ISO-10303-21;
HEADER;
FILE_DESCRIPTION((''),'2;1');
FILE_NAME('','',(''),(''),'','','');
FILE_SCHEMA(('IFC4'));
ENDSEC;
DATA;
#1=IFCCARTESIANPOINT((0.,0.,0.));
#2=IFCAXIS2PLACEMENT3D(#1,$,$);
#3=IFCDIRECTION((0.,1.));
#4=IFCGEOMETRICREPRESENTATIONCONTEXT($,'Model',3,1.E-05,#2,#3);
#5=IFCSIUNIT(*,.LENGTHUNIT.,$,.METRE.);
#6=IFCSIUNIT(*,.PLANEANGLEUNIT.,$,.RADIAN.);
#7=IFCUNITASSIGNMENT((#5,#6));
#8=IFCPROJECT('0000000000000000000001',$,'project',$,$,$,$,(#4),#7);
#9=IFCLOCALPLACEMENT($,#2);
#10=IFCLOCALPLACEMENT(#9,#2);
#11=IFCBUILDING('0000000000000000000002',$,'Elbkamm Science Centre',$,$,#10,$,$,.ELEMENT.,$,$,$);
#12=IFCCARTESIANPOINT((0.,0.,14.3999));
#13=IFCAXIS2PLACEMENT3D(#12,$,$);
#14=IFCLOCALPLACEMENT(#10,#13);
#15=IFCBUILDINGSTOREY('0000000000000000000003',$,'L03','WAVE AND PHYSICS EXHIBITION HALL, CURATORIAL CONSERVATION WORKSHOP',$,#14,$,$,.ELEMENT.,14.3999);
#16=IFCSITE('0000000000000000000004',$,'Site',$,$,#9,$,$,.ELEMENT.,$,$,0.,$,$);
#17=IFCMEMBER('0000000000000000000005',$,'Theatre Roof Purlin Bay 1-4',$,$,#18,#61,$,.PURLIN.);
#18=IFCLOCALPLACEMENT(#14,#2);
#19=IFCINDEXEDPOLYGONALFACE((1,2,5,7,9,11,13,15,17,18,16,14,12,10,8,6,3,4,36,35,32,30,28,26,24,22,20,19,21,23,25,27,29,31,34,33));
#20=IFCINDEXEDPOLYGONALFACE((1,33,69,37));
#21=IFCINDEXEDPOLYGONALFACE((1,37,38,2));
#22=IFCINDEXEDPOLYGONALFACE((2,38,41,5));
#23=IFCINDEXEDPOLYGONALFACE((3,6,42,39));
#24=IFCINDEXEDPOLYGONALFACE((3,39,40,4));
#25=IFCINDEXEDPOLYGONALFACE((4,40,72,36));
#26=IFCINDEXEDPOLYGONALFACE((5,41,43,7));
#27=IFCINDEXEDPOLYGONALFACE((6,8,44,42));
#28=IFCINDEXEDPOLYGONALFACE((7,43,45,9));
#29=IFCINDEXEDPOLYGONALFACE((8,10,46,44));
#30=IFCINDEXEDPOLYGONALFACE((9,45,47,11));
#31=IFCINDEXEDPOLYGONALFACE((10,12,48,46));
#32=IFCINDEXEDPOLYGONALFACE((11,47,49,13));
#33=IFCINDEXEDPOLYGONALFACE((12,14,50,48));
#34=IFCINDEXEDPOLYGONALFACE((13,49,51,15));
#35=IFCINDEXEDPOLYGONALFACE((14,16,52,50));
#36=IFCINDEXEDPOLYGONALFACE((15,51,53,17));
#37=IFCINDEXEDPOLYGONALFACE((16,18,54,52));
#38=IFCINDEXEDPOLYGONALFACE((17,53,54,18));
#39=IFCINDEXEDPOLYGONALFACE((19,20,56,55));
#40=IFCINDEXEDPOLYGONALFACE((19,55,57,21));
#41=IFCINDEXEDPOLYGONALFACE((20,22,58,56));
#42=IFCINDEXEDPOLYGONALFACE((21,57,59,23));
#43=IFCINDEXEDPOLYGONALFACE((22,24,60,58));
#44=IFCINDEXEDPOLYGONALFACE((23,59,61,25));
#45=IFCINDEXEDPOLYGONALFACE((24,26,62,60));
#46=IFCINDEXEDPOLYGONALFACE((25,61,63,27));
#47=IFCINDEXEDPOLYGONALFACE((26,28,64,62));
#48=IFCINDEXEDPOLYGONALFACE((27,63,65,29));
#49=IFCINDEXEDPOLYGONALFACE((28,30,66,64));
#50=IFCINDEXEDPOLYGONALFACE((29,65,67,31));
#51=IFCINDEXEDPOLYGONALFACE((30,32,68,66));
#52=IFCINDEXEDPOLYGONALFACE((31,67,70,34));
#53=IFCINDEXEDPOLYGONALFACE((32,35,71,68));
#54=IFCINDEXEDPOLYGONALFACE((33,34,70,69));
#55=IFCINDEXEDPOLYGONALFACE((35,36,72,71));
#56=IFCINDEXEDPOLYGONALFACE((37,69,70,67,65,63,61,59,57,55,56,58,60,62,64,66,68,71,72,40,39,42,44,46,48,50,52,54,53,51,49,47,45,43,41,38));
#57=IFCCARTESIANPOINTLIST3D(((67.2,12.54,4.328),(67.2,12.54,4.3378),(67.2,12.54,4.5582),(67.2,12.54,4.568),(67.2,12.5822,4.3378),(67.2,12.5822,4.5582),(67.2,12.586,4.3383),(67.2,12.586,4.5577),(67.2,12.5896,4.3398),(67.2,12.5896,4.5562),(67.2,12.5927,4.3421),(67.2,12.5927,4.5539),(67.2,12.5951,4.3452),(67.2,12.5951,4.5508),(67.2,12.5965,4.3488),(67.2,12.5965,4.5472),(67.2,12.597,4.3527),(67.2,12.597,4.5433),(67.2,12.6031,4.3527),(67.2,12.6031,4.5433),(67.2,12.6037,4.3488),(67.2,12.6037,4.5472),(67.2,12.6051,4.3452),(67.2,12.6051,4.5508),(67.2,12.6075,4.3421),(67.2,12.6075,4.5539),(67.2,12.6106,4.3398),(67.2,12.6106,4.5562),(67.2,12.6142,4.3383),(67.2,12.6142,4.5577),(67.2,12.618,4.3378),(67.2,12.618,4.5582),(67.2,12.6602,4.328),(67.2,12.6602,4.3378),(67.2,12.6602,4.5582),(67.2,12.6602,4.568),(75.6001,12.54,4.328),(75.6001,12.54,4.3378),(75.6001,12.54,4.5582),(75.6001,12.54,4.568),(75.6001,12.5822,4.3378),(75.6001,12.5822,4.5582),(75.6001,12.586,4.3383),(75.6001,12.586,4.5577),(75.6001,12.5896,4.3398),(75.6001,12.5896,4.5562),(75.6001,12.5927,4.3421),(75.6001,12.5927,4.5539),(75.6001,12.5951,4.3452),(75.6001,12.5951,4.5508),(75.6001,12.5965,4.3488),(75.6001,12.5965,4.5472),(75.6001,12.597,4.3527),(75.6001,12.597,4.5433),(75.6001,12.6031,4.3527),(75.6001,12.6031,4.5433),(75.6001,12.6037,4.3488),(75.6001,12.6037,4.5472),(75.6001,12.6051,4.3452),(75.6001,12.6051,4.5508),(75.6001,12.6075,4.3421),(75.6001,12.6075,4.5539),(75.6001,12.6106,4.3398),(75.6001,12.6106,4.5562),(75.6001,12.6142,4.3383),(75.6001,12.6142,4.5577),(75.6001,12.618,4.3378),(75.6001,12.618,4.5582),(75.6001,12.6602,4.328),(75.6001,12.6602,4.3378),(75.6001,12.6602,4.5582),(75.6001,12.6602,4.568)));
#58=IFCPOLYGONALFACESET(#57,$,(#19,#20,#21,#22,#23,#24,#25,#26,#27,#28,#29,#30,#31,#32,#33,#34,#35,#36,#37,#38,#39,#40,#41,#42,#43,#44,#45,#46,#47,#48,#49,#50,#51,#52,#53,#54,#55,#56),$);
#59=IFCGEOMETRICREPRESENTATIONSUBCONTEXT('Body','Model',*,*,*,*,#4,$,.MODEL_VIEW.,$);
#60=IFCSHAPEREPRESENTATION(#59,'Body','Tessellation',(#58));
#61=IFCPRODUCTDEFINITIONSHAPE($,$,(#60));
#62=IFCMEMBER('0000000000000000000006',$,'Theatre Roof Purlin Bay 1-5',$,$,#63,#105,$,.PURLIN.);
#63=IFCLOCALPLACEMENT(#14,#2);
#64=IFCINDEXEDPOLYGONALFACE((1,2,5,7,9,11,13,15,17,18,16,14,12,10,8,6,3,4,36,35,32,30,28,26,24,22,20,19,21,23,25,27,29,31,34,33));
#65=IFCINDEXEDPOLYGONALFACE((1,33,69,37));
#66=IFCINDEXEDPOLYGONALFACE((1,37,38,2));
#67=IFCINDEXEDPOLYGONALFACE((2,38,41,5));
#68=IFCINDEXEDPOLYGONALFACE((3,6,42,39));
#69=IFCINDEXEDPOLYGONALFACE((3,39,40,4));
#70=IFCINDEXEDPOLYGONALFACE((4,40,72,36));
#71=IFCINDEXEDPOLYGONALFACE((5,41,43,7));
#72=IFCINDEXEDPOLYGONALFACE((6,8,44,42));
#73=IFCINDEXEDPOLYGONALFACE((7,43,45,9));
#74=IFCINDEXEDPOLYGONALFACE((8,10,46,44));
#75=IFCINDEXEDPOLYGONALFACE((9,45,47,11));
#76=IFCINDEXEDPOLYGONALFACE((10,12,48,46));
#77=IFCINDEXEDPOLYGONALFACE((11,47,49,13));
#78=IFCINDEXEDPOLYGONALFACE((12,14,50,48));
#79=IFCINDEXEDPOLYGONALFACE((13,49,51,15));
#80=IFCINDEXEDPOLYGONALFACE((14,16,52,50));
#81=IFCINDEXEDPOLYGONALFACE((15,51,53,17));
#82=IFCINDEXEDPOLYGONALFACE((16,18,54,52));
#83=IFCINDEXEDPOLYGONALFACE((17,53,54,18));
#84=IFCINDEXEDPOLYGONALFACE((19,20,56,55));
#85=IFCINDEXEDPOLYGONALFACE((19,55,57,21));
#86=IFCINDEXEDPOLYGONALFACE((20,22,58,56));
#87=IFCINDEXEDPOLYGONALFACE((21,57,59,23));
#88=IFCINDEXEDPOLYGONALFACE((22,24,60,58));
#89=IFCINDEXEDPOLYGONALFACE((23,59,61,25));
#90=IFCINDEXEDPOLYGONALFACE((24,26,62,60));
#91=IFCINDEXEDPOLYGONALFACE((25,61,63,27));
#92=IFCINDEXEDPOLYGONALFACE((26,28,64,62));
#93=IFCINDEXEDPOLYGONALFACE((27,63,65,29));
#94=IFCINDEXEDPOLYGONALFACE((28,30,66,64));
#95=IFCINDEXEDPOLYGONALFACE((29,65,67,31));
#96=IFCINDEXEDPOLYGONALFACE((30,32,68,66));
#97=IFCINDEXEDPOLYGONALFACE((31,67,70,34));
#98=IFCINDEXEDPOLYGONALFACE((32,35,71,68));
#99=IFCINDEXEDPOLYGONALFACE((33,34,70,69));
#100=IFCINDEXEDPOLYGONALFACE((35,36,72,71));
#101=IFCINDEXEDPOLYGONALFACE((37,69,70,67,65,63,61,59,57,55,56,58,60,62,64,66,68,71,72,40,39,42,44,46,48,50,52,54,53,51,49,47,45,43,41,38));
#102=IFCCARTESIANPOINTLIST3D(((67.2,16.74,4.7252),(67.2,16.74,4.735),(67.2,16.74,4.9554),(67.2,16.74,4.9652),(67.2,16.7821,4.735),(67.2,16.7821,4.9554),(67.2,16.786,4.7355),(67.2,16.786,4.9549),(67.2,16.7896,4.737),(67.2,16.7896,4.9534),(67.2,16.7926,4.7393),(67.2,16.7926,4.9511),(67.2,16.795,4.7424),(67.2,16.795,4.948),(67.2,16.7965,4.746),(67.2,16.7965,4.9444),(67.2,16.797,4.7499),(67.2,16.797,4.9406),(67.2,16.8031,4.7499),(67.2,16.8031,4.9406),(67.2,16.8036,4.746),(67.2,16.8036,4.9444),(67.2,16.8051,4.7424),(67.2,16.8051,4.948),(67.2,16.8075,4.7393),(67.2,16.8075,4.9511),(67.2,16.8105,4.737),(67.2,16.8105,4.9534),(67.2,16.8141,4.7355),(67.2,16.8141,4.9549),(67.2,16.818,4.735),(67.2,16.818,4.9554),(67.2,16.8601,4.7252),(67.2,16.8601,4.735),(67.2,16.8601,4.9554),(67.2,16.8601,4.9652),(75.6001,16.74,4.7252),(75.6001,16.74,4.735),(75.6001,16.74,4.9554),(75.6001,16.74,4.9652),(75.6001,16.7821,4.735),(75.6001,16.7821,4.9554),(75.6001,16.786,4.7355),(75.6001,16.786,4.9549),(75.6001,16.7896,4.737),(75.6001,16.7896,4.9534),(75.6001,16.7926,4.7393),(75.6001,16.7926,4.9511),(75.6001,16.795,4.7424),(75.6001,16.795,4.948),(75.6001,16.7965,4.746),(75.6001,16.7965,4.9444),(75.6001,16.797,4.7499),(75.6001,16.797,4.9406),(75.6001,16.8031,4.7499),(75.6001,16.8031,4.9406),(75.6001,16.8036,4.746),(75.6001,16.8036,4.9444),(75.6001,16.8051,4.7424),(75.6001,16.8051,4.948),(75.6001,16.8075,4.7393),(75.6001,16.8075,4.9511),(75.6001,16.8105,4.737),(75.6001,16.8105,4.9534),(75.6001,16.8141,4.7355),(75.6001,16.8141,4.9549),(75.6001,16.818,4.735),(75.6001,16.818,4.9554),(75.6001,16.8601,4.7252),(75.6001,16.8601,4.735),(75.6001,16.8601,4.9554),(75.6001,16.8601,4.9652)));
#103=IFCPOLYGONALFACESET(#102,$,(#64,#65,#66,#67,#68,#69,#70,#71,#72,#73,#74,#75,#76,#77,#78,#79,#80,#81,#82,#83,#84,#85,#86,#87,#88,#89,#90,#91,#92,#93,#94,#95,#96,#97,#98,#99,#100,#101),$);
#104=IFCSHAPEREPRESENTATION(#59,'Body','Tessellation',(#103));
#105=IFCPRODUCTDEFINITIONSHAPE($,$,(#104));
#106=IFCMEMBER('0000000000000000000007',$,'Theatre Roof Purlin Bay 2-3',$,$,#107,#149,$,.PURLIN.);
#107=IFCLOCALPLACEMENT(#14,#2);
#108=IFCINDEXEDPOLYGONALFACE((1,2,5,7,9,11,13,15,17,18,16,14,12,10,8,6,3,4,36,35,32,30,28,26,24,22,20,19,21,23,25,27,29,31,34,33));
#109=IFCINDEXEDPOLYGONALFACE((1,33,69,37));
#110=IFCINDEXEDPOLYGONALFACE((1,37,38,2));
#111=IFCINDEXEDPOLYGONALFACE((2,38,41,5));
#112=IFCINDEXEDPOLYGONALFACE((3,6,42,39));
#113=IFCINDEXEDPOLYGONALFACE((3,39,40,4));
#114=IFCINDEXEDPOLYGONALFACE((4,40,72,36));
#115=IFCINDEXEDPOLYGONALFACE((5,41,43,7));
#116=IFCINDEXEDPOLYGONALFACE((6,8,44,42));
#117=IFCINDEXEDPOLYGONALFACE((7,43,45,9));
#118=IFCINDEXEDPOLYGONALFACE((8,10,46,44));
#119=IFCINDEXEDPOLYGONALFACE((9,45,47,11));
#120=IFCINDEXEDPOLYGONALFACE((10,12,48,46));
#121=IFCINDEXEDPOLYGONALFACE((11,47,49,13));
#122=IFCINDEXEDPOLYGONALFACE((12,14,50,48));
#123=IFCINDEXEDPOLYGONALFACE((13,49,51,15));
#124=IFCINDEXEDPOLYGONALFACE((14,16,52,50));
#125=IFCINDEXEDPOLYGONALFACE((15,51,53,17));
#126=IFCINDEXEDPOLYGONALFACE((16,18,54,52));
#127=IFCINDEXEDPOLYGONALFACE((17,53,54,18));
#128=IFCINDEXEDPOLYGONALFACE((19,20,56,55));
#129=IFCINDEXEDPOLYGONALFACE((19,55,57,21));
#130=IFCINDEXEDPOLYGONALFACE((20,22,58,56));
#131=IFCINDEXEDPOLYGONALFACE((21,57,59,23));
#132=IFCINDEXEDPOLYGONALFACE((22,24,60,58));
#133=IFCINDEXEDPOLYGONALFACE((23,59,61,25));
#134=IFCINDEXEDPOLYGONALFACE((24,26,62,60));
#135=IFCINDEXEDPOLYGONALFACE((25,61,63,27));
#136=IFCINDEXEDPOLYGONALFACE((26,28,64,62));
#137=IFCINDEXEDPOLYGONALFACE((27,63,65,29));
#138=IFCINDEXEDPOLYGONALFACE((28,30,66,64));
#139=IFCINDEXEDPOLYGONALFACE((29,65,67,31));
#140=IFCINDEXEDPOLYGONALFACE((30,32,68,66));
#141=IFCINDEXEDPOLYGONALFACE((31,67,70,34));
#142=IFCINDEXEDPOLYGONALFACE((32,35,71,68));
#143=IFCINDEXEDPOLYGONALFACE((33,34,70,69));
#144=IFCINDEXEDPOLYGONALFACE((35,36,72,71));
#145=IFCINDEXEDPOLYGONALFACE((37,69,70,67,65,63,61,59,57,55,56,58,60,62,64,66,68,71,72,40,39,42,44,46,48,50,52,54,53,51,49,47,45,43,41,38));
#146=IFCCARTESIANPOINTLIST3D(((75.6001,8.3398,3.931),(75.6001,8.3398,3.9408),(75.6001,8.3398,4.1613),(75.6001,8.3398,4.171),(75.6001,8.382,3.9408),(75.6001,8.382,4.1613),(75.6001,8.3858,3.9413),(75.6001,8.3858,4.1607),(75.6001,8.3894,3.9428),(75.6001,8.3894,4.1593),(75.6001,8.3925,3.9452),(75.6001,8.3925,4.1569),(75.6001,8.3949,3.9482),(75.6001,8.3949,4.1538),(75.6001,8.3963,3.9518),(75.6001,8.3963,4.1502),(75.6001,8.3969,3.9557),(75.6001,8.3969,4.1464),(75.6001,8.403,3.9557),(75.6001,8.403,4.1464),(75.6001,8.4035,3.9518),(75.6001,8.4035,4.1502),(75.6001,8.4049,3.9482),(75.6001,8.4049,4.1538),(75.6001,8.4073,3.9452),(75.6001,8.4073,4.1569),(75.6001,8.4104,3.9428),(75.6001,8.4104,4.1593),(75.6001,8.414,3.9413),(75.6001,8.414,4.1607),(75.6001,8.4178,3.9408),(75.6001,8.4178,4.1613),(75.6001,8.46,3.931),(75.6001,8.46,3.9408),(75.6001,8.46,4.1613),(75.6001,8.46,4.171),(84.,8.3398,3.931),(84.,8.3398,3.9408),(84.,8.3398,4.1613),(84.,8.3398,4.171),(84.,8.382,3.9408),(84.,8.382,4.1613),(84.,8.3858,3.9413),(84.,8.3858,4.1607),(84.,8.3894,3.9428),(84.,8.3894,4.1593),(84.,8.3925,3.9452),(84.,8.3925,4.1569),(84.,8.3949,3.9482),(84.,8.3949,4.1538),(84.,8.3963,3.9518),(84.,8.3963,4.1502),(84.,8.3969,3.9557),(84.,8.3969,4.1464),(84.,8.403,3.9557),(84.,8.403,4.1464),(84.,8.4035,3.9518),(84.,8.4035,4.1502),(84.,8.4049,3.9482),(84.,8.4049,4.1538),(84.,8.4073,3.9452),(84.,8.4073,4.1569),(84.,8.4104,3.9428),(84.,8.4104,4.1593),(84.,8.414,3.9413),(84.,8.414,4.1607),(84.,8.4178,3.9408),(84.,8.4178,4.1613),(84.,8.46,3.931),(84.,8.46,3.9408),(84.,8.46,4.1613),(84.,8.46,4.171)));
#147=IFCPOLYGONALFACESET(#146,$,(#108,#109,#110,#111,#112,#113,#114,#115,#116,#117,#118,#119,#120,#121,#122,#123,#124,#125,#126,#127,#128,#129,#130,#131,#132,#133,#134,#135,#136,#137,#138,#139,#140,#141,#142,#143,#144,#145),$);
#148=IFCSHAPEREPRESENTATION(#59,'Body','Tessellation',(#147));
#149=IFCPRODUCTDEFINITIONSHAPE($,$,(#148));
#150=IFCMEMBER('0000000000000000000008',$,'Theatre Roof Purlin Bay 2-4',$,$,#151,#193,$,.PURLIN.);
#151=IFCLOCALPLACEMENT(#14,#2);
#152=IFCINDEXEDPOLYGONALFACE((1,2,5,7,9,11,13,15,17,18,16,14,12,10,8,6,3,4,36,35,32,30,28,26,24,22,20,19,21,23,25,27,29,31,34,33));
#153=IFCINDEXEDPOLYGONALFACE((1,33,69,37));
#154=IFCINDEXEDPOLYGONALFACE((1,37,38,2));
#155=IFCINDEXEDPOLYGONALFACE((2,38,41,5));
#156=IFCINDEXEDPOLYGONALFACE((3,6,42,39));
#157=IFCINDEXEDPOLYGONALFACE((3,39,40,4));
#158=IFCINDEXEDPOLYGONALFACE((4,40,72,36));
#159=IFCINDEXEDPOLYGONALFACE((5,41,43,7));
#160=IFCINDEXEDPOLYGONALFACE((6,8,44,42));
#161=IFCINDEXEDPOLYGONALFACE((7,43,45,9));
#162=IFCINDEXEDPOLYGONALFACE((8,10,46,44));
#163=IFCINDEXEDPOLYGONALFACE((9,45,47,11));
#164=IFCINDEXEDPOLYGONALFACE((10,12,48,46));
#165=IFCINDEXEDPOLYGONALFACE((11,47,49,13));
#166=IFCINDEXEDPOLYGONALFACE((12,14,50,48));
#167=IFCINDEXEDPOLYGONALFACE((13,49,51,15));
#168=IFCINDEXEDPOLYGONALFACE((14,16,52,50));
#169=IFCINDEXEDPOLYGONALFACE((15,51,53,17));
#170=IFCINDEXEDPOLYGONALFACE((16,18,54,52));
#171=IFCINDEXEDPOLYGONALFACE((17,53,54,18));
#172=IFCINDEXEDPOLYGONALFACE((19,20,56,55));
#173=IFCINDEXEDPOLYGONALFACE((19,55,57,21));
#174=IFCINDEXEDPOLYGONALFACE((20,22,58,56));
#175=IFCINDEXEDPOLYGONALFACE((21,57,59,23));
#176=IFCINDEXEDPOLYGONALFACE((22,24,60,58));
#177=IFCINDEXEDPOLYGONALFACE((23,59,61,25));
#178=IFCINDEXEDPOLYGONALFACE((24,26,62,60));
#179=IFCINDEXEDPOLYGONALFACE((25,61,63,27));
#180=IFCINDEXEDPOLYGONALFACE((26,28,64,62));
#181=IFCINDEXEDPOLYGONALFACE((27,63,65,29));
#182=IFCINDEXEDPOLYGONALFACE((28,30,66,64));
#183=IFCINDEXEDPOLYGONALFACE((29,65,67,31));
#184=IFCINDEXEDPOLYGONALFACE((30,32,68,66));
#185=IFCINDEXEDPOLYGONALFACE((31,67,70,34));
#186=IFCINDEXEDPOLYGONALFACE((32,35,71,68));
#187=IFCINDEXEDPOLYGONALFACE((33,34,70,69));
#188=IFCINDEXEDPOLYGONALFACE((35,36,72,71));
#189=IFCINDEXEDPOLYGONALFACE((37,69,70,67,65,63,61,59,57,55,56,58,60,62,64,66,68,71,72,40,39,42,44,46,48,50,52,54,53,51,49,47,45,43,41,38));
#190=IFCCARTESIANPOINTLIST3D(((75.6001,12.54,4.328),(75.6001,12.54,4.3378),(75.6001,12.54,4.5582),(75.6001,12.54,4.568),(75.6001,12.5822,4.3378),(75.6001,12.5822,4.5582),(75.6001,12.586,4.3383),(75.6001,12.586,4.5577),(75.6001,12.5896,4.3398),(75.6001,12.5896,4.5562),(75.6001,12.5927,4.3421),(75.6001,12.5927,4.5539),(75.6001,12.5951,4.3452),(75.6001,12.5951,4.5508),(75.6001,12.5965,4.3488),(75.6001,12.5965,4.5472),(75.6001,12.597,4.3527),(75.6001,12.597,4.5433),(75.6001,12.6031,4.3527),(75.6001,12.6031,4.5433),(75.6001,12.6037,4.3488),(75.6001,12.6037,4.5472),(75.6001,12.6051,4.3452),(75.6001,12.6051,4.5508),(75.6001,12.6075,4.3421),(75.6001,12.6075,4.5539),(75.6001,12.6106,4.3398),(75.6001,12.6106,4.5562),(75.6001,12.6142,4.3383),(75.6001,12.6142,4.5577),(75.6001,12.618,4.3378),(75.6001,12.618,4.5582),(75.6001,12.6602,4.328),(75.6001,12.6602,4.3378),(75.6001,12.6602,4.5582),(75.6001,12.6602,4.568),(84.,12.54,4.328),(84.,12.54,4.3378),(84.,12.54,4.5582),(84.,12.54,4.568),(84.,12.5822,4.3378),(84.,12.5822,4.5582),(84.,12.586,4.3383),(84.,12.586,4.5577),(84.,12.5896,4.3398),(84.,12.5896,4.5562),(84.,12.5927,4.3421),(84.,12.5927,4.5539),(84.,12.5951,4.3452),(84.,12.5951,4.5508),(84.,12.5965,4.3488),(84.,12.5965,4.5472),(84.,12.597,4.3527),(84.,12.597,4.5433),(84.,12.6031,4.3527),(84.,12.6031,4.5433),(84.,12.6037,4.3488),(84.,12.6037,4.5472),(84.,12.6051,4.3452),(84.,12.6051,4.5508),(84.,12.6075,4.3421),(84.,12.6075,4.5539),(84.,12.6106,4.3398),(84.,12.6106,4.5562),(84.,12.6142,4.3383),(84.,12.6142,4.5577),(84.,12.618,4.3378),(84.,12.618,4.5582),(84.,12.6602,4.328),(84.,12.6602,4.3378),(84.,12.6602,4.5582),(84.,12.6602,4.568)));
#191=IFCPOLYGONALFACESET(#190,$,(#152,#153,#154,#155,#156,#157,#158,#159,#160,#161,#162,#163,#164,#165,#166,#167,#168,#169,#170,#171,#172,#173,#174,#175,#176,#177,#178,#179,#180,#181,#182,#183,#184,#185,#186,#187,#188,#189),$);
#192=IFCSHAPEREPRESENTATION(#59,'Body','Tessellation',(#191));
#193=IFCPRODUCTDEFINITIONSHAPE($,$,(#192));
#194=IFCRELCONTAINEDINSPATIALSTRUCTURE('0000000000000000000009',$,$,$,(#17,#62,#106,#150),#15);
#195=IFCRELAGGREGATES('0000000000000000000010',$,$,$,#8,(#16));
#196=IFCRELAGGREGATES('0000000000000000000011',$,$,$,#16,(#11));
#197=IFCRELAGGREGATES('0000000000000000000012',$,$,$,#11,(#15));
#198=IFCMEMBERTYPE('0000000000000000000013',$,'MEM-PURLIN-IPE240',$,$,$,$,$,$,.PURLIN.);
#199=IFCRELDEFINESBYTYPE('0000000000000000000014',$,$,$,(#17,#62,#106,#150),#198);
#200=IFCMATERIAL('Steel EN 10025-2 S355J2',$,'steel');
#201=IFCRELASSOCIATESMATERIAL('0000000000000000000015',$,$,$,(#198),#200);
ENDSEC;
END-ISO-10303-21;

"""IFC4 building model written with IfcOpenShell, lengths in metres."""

from ifc_helpers import new_model, si_unit, direction, frame, origin, origin_2d, place, context, subcontext, project, spatial, i_section, extrude, material, material_profile, profile_set, type_object, element, save


model = new_model("IFC4")

# Units and contexts
model_context = context("Model", 3, precision=1e-05, world=origin(), true_north=direction((0.0, 1.0)))
body_context = subcontext(model_context, "Body", "Model", "MODEL_VIEW")
ifc_project = project(units=[si_unit("LENGTHUNIT", "METRE"), si_unit("PLANEANGLEUNIT", "RADIAN")], contexts=[model_context])

# Site, building, storey
site_placement = place(None, origin())
site = spatial("IfcSite", under=ifc_project, at=site_placement, Name="Site", CompositionType="ELEMENT", RefElevation=0.0)
building_placement = place(site_placement, origin())
building = spatial("IfcBuilding", under=site, at=building_placement, Name="Elbkamm Science Centre", CompositionType="ELEMENT")
storey_placement = place(building_placement, frame((0.0, 0.0, 14.3999)))
storey = spatial("IfcBuildingStorey", under=building, at=storey_placement, Name="L03", Description="WAVE AND PHYSICS EXHIBITION HALL, CURATORIAL CONSERVATION WORKSHOP", CompositionType="ELEMENT", Elevation=14.3999)

# Shared definitions
ifc_material = material(Name="Steel EN 10025-2 S355J2", Category="steel")

# Members
ifc_material_profile_1 = material_profile(ifc_material, i_section(OverallWidth=0.1201, OverallDepth=0.24, WebThickness=0.0061, FlangeThickness=0.0098, FilletRadius=0.0149, at=origin_2d()), Name="IPE 240")
ifc_profile_set_1 = profile_set([ifc_material_profile_1], Name="Steel EN 10025-2 S355J2")
member_type_1 = type_object("IfcMemberType", Name="MEM-PURLIN-IPE240", PredefinedType="PURLIN", material=ifc_profile_set_1)
for number, where, z_axis, x_axis, name in (
    (1, (67.2, 12.6001, 4.448), (1.0, 0.0, 0.0), (0.0, 1.0, 0.0), "Theatre Roof Purlin Bay 1-4"),
    (2, (67.2, 16.8, 4.8452), (1.0, 0.0, 0.0), (0.0, 1.0, 0.0), "Theatre Roof Purlin Bay 1-5"),
):
    element("IfcMember", number, at=place(storey_placement, frame(where, z_axis=z_axis, x_axis=x_axis)), inside=storey, type_object=member_type_1, Name=name, PredefinedType="PURLIN", context=body_context, shape_type="SweptSolid", body=[
        extrude(i_section(OverallWidth=0.1201, OverallDepth=0.24, WebThickness=0.0061, FlangeThickness=0.0098, FilletRadius=0.0149, at=origin_2d()), origin(), (0.0, 0.0, 1.0), 8.4001),
    ])
for number, where, z_axis, x_axis, name in (
    (3, (75.6001, 8.3999, 4.051), (1.0, 0.0, 0.0), (0.0, 1.0, 0.0), "Theatre Roof Purlin Bay 2-3"),
    (4, (75.6001, 12.6001, 4.448), (1.0, 0.0, 0.0), (0.0, 1.0, 0.0), "Theatre Roof Purlin Bay 2-4"),
):
    element("IfcMember", number, at=place(storey_placement, frame(where, z_axis=z_axis, x_axis=x_axis)), inside=storey, type_object=member_type_1, Name=name, PredefinedType="PURLIN", context=body_context, shape_type="SweptSolid", body=[
        extrude(i_section(OverallWidth=0.1201, OverallDepth=0.24, WebThickness=0.0061, FlangeThickness=0.0098, FilletRadius=0.0149, at=origin_2d()), origin(), (0.0, 0.0, 1.0), 8.3999),
    ])

save(model, "model.ifc")
